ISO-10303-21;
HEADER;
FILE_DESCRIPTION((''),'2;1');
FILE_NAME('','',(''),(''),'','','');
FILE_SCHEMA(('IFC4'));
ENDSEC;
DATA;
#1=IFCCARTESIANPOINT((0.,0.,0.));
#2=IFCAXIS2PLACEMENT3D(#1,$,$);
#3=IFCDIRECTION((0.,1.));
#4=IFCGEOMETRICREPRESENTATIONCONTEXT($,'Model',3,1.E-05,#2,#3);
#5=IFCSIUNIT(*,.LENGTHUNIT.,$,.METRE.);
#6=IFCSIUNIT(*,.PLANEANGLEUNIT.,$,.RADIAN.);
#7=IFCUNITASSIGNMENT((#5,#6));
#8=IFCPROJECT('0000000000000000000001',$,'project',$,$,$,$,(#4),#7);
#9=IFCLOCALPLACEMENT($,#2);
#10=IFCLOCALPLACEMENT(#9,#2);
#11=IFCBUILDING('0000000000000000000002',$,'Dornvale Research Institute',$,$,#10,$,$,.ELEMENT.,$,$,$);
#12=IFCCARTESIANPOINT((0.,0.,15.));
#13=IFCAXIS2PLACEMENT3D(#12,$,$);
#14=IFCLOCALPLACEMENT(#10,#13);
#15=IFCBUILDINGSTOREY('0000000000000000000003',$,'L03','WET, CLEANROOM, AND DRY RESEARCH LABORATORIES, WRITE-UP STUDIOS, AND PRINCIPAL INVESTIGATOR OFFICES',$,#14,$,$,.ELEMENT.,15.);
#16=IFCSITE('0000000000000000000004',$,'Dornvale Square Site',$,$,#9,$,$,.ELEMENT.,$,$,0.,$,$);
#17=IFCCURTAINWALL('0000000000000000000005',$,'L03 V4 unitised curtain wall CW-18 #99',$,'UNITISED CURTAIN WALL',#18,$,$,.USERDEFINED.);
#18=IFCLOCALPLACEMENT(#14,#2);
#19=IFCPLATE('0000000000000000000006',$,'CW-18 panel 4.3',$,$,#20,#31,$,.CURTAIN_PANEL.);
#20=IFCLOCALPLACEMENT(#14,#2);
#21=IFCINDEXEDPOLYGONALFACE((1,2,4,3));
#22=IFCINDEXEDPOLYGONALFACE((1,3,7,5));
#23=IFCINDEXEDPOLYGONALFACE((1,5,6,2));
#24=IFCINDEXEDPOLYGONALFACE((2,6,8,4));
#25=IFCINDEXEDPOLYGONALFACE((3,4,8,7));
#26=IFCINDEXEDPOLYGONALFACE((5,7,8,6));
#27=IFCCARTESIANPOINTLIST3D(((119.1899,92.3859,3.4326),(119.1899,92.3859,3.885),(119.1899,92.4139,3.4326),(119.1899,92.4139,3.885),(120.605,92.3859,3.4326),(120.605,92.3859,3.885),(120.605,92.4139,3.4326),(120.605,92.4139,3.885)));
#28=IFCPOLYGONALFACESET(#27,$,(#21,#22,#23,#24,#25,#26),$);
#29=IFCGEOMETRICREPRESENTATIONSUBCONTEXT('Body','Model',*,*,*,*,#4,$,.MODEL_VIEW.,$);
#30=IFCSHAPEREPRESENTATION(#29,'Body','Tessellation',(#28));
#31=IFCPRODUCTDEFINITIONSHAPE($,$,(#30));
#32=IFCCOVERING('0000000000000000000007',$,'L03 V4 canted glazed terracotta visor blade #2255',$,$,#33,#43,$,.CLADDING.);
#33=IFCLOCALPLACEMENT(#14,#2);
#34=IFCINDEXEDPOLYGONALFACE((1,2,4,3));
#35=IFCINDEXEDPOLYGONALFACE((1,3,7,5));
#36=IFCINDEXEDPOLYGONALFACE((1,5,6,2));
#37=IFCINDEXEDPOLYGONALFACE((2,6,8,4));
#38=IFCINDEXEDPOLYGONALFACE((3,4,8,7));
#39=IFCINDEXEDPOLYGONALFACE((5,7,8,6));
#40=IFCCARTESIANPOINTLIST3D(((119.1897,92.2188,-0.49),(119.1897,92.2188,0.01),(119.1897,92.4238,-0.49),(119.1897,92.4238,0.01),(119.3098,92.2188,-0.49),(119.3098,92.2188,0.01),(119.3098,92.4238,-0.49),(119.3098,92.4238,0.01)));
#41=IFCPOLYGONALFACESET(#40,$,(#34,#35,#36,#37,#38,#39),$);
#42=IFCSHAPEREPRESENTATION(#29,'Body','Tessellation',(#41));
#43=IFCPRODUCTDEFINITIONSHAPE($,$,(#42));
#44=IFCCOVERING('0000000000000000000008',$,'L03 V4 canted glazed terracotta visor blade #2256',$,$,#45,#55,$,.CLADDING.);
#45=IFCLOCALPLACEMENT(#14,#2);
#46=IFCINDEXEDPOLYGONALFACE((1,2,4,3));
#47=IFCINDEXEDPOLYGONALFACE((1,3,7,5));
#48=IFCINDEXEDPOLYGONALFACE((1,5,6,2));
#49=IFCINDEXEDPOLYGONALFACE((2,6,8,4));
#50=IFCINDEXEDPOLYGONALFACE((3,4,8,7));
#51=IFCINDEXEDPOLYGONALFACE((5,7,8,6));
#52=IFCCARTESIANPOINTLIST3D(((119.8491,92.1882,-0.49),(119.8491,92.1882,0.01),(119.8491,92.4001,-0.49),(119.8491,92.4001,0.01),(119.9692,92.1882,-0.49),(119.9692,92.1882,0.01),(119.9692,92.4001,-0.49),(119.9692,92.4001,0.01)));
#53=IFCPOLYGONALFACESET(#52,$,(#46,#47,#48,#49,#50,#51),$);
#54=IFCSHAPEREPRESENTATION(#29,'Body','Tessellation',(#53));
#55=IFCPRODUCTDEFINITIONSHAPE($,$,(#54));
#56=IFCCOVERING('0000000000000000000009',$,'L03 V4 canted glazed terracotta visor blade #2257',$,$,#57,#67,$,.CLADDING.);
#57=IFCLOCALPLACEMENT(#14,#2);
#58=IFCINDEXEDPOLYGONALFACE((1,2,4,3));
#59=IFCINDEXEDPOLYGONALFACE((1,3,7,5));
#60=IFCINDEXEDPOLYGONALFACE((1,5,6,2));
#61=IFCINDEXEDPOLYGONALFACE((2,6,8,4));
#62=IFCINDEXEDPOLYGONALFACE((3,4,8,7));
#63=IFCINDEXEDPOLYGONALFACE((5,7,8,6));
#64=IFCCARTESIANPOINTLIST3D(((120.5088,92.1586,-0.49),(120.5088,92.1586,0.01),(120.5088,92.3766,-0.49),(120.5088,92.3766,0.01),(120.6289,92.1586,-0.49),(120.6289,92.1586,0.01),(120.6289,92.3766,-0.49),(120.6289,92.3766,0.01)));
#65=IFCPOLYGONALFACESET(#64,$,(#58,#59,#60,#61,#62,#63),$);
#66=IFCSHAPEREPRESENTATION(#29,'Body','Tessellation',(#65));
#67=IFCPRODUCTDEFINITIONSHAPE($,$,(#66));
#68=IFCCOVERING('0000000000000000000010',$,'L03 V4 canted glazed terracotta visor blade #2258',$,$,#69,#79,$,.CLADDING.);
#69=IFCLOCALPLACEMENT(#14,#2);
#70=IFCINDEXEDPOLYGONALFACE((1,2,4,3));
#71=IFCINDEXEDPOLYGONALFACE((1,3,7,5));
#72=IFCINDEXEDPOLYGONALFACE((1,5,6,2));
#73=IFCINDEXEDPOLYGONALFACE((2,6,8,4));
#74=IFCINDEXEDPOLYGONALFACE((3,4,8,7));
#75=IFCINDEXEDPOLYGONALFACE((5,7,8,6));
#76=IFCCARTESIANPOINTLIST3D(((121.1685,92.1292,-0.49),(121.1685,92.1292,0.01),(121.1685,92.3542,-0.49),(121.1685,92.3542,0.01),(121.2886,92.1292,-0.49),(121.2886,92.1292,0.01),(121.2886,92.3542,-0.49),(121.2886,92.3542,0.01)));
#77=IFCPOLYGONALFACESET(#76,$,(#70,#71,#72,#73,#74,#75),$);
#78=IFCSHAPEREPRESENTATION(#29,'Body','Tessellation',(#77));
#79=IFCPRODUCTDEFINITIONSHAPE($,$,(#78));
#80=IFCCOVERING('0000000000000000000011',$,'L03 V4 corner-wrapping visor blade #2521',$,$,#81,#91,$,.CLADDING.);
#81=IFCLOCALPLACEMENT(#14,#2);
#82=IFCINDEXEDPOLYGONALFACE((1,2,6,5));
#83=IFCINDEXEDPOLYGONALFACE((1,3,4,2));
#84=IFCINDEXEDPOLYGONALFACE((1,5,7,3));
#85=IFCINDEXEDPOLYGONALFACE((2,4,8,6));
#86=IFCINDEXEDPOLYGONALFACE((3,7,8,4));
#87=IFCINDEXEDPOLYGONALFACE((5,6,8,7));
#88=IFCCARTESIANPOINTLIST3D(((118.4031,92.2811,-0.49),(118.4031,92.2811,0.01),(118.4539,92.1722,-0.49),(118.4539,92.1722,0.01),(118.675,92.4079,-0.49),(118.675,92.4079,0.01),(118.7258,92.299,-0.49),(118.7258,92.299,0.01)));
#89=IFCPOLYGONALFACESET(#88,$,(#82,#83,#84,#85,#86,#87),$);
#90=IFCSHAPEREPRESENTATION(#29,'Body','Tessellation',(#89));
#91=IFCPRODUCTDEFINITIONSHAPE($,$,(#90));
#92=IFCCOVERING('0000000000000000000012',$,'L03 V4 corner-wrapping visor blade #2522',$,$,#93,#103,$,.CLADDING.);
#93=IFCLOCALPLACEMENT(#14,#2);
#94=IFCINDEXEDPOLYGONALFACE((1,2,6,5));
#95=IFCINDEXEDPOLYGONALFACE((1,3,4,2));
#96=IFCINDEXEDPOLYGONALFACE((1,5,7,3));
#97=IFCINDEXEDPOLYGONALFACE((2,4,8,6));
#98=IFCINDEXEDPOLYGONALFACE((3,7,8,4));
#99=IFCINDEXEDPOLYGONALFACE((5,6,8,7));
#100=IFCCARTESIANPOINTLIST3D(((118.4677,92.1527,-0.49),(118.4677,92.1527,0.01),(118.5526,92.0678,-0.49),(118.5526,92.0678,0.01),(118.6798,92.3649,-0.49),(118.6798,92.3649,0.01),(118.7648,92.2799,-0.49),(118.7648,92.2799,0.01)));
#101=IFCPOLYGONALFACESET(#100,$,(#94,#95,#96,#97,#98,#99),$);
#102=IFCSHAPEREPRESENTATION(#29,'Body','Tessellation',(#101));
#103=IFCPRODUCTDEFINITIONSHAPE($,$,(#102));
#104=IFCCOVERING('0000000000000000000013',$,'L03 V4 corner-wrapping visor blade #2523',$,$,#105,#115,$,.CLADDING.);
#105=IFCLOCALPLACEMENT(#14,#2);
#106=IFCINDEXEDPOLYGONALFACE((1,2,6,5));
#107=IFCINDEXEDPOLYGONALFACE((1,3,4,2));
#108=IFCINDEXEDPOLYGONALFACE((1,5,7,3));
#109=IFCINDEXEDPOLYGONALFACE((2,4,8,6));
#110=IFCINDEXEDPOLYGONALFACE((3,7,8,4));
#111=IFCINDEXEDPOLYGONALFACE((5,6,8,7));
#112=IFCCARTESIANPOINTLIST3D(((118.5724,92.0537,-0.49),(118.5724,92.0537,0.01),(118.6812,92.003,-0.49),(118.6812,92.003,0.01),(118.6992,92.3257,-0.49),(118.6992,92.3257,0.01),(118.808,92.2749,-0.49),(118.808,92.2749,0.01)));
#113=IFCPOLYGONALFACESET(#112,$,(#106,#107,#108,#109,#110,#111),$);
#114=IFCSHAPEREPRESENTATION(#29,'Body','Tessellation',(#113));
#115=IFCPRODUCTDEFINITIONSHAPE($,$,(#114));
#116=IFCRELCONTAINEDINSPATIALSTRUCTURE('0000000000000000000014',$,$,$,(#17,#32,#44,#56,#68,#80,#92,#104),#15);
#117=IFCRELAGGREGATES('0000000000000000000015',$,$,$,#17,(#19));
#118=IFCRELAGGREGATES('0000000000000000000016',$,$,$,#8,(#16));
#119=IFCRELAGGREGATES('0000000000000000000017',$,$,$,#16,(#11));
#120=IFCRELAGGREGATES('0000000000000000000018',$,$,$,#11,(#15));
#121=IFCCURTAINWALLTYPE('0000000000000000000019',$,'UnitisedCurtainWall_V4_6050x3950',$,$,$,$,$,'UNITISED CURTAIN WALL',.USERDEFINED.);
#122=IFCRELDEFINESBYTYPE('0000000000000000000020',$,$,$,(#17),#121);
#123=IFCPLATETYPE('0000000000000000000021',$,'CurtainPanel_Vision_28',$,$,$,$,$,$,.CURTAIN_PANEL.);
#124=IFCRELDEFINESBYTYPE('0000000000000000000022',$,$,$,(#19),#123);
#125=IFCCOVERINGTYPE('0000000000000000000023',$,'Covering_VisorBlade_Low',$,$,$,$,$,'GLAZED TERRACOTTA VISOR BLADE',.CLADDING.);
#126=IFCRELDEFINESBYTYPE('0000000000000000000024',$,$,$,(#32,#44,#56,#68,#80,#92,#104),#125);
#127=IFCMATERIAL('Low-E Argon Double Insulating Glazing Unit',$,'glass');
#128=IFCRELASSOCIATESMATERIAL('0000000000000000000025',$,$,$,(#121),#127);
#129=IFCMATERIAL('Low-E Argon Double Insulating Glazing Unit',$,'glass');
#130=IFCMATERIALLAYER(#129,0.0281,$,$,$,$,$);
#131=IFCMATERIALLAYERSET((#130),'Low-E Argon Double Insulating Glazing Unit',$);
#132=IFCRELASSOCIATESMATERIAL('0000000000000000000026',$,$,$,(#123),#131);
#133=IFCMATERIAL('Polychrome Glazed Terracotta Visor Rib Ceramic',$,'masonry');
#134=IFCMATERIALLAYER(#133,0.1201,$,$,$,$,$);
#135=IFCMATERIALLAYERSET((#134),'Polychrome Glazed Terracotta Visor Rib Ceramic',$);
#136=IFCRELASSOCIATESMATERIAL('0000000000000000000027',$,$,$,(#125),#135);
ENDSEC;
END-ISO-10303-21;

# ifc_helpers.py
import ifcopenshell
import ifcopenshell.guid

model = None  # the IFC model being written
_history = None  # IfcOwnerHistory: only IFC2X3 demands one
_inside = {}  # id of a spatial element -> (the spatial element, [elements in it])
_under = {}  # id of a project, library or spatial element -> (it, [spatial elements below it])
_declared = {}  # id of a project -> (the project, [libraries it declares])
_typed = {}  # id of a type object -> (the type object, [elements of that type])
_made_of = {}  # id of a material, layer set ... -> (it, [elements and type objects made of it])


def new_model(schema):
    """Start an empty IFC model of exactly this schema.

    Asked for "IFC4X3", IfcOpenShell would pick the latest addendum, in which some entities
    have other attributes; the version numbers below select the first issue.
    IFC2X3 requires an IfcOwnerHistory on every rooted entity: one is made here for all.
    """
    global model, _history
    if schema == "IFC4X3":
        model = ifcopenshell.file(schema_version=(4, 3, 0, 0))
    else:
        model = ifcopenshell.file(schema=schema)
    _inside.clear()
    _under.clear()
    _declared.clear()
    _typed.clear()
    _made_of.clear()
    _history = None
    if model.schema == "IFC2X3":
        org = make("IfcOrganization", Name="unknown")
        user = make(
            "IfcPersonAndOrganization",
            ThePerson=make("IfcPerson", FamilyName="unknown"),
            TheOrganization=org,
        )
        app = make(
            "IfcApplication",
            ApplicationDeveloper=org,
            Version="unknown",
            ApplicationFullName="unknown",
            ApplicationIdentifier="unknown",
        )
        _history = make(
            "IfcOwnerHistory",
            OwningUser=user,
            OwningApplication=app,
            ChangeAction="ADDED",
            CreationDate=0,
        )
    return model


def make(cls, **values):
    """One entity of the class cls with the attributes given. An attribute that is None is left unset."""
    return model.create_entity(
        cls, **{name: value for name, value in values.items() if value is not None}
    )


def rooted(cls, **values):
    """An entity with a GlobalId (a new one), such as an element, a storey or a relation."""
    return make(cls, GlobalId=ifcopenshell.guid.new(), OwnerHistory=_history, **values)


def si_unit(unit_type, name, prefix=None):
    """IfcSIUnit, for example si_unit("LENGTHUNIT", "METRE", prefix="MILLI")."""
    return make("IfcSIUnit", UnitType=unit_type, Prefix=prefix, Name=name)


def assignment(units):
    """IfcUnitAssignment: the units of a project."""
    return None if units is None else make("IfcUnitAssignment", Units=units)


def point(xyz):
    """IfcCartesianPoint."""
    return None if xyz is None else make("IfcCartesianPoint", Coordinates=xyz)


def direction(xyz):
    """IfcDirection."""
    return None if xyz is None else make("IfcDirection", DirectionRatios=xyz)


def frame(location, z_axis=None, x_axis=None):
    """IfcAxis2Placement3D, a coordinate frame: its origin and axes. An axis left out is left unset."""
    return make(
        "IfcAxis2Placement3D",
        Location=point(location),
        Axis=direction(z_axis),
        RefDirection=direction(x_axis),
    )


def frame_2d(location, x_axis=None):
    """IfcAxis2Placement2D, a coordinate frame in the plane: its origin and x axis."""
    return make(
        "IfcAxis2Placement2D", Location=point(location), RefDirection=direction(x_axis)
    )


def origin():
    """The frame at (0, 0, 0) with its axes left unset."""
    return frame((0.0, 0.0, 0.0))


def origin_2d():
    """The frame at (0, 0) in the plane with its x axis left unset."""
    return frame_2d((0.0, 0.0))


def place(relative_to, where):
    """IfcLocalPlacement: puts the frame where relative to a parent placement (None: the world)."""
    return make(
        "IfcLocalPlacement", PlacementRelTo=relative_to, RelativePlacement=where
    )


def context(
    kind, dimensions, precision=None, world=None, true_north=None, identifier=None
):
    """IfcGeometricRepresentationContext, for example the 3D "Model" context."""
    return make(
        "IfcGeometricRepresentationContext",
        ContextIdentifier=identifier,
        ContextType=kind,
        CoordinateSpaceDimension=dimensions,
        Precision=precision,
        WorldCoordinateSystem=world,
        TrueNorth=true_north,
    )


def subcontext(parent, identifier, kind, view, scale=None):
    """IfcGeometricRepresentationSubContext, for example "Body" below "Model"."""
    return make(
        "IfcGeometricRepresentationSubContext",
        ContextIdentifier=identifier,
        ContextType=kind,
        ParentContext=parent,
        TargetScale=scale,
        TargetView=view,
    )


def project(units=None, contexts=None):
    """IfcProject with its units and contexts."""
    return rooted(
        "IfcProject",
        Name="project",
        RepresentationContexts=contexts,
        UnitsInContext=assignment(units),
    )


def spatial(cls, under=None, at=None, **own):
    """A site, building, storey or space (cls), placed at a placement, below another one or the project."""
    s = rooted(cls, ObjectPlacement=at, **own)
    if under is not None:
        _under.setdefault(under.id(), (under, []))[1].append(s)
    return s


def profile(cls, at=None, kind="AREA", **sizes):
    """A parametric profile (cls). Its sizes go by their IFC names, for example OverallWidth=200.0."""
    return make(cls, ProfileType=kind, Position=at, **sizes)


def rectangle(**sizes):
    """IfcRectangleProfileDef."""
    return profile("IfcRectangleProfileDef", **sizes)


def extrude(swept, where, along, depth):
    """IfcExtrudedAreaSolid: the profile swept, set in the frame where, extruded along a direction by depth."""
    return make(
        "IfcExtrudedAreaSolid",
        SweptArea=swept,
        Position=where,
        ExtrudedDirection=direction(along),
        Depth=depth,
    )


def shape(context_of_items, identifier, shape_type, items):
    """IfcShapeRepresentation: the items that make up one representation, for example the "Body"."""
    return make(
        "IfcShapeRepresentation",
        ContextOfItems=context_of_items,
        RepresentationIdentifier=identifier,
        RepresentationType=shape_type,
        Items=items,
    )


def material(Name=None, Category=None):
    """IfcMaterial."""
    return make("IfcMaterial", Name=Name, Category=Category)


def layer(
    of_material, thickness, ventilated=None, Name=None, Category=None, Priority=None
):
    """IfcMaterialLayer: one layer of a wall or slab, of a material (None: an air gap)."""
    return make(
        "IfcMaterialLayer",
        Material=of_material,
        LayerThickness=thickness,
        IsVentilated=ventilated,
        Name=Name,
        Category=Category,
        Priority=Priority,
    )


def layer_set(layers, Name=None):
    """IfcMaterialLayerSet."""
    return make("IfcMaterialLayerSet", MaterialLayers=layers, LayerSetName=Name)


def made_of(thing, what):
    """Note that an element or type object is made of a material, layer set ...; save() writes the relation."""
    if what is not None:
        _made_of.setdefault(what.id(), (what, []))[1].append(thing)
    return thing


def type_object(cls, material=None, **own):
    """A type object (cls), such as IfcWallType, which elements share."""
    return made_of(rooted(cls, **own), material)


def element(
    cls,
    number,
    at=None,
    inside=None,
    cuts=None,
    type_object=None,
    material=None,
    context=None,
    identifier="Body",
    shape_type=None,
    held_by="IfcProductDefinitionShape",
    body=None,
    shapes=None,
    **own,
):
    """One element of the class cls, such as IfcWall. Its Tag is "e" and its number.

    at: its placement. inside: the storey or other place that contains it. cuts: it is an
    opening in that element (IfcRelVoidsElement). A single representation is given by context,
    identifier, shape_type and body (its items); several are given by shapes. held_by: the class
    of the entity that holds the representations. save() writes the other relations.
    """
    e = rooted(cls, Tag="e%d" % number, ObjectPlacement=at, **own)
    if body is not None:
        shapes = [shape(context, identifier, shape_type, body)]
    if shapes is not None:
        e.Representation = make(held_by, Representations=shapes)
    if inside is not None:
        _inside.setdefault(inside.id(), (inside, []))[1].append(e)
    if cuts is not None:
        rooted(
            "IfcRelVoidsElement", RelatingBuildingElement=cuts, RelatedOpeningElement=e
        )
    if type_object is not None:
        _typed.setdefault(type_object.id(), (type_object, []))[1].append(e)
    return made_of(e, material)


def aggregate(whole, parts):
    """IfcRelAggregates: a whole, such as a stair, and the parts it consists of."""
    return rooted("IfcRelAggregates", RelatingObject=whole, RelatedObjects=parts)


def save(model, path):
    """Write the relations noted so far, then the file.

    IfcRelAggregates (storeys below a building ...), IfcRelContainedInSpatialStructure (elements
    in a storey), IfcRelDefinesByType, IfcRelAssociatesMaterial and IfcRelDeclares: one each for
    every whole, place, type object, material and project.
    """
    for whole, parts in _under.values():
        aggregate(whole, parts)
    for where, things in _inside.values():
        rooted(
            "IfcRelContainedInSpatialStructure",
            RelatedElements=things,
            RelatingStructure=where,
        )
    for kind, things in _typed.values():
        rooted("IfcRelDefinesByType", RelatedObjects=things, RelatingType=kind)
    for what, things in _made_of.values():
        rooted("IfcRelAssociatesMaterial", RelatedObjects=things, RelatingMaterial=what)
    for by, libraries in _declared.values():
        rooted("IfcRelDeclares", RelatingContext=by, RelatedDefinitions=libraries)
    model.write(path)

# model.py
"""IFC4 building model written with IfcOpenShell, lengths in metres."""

from ifc_helpers import new_model, si_unit, direction, frame, origin, origin_2d, place, context, subcontext, project, spatial, rectangle, extrude, material, layer, layer_set, type_object, element, aggregate, save


model = new_model("IFC4")

# Units and contexts
model_context = context("Model", 3, precision=1e-05, world=origin(), true_north=direction((0.0, 1.0)))
body_context = subcontext(model_context, "Body", "Model", "MODEL_VIEW")
ifc_project = project(units=[si_unit("LENGTHUNIT", "METRE"), si_unit("PLANEANGLEUNIT", "RADIAN")], contexts=[model_context])

# Site, building, storey
site_placement = place(None, origin())
site = spatial("IfcSite", under=ifc_project, at=site_placement, Name="Dornvale Square Site", CompositionType="ELEMENT", RefElevation=0.0)
building_placement = place(site_placement, origin())
building = spatial("IfcBuilding", under=site, at=building_placement, Name="Dornvale Research Institute", CompositionType="ELEMENT")
storey_placement = place(building_placement, frame((0.0, 0.0, 15.0)))
storey = spatial("IfcBuildingStorey", under=building, at=storey_placement, Name="L03", Description="WET, CLEANROOM, AND DRY RESEARCH LABORATORIES, WRITE-UP STUDIOS, AND PRINCIPAL INVESTIGATOR OFFICES", CompositionType="ELEMENT", Elevation=15.0)

# Curtain wall
ifc_material_1 = material(Name="Low-E Argon Double Insulating Glazing Unit", Category="glass")
curtain_wall_type = type_object("IfcCurtainWallType", Name="UnitisedCurtainWall_V4_6050x3950", ElementType="UNITISED CURTAIN WALL", PredefinedType="USERDEFINED", material=ifc_material_1)
curtain_wall_placement = place(storey_placement, origin())
curtain_wall = element("IfcCurtainWall", 1, at=curtain_wall_placement, inside=storey, type_object=curtain_wall_type, Name="L03 V4 unitised curtain wall CW-18 #99", ObjectType="UNITISED CURTAIN WALL", PredefinedType="USERDEFINED")

# Plate
ifc_material_2 = material(Name="Low-E Argon Double Insulating Glazing Unit", Category="glass")
ifc_layer_1 = layer(ifc_material_2, 0.0281)
ifc_layer_set_1 = layer_set([ifc_layer_1], Name="Low-E Argon Double Insulating Glazing Unit")
plate_type_1 = type_object("IfcPlateType", Name="CurtainPanel_Vision_28", PredefinedType="CURTAIN_PANEL", material=ifc_layer_set_1)
plate_1_placement = place(storey_placement, frame((119.8975, 92.3999, 3.4326), z_axis=(0.0, 0.0, 1.0), x_axis=(-1.0, 0.0, 0.0)))
plate_1 = element("IfcPlate", 2, at=plate_1_placement, type_object=plate_type_1, Name="CW-18 panel 4.3", PredefinedType="CURTAIN_PANEL", context=body_context, shape_type="SweptSolid", body=[
    extrude(rectangle(XDim=1.415, YDim=0.0281, at=origin_2d()), origin(), (0.0, 0.0, 1.0), 0.4524),
])
aggregate(curtain_wall, [plate_1])

# Coverings
ifc_material_3 = material(Name="Polychrome Glazed Terracotta Visor Rib Ceramic", Category="masonry")
ifc_layer_2 = layer(ifc_material_3, 0.1201)
ifc_layer_set_2 = layer_set([ifc_layer_2], Name="Polychrome Glazed Terracotta Visor Rib Ceramic")
covering_type = type_object("IfcCoveringType", Name="Covering_VisorBlade_Low", ElementType="GLAZED TERRACOTTA VISOR BLADE", PredefinedType="CLADDING", material=ifc_layer_set_2)
covering_1_placement = place(storey_placement, frame((119.2498, 92.3213, -0.49), z_axis=(0.0, 0.0, 1.0), x_axis=(0.0, 1.0, 0.0)))
element("IfcCovering", 3, at=covering_1_placement, inside=storey, type_object=covering_type, Name="L03 V4 canted glazed terracotta visor blade #2255", PredefinedType="CLADDING", context=body_context, shape_type="SweptSolid", body=[
    extrude(rectangle(XDim=0.2051, YDim=0.1201, at=origin_2d()), origin(), (0.0, 0.0, 1.0), 0.5),
])
covering_2_placement = place(storey_placement, frame((119.9092, 92.2942, -0.49), z_axis=(0.0, 0.0, 1.0), x_axis=(0.0, 1.0, 0.0)))
element("IfcCovering", 4, at=covering_2_placement, inside=storey, type_object=covering_type, Name="L03 V4 canted glazed terracotta visor blade #2256", PredefinedType="CLADDING", context=body_context, shape_type="SweptSolid", body=[
    extrude(rectangle(XDim=0.2119, YDim=0.1201, at=origin_2d()), origin(), (0.0, 0.0, 1.0), 0.5),
])
covering_3_placement = place(storey_placement, frame((120.5688, 92.2676, -0.49), z_axis=(0.0, 0.0, 1.0), x_axis=(0.0, 1.0, 0.0)))
element("IfcCovering", 5, at=covering_3_placement, inside=storey, type_object=covering_type, Name="L03 V4 canted glazed terracotta visor blade #2257", PredefinedType="CLADDING", context=body_context, shape_type="SweptSolid", body=[
    extrude(rectangle(XDim=0.218, YDim=0.1201, at=origin_2d()), origin(), (0.0, 0.0, 1.0), 0.5),
])
covering_4_placement = place(storey_placement, frame((121.2285, 92.2417, -0.49), z_axis=(0.0, 0.0, 1.0), x_axis=(0.0, 1.0, 0.0)))
element("IfcCovering", 6, at=covering_4_placement, inside=storey, type_object=covering_type, Name="L03 V4 canted glazed terracotta visor blade #2258", PredefinedType="CLADDING", context=body_context, shape_type="SweptSolid", body=[
    extrude(rectangle(XDim=0.2251, YDim=0.1201, at=origin_2d()), origin(), (0.0, 0.0, 1.0), 0.5),
])
for number, where, z_axis, x_axis, name in (
    (7, (118.5645, 92.29, -0.49), (0.0, 0.0, 1.0), (-0.906308, -0.422618, 0.0), "L03 V4 corner-wrapping visor blade #2521"),
    (8, (118.6162, 92.2163, -0.49), (0.0, 0.0, 1.0), (-0.707107, -0.707107, 0.0), "L03 V4 corner-wrapping visor blade #2522"),
    (9, (118.6902, 92.1643, -0.49), (0.0, 0.0, 1.0), (-0.422618, -0.906308, 0.0), "L03 V4 corner-wrapping visor blade #2523"),
):
    element("IfcCovering", number, at=place(storey_placement, frame(where, z_axis=z_axis, x_axis=x_axis)), inside=storey, type_object=covering_type, Name=name, PredefinedType="CLADDING", context=body_context, shape_type="SweptSolid", body=[
        extrude(rectangle(XDim=0.3, YDim=0.1201, at=origin_2d()), origin(), (0.0, 0.0, 1.0), 0.5),
    ])

save(model, "model.ifc")
